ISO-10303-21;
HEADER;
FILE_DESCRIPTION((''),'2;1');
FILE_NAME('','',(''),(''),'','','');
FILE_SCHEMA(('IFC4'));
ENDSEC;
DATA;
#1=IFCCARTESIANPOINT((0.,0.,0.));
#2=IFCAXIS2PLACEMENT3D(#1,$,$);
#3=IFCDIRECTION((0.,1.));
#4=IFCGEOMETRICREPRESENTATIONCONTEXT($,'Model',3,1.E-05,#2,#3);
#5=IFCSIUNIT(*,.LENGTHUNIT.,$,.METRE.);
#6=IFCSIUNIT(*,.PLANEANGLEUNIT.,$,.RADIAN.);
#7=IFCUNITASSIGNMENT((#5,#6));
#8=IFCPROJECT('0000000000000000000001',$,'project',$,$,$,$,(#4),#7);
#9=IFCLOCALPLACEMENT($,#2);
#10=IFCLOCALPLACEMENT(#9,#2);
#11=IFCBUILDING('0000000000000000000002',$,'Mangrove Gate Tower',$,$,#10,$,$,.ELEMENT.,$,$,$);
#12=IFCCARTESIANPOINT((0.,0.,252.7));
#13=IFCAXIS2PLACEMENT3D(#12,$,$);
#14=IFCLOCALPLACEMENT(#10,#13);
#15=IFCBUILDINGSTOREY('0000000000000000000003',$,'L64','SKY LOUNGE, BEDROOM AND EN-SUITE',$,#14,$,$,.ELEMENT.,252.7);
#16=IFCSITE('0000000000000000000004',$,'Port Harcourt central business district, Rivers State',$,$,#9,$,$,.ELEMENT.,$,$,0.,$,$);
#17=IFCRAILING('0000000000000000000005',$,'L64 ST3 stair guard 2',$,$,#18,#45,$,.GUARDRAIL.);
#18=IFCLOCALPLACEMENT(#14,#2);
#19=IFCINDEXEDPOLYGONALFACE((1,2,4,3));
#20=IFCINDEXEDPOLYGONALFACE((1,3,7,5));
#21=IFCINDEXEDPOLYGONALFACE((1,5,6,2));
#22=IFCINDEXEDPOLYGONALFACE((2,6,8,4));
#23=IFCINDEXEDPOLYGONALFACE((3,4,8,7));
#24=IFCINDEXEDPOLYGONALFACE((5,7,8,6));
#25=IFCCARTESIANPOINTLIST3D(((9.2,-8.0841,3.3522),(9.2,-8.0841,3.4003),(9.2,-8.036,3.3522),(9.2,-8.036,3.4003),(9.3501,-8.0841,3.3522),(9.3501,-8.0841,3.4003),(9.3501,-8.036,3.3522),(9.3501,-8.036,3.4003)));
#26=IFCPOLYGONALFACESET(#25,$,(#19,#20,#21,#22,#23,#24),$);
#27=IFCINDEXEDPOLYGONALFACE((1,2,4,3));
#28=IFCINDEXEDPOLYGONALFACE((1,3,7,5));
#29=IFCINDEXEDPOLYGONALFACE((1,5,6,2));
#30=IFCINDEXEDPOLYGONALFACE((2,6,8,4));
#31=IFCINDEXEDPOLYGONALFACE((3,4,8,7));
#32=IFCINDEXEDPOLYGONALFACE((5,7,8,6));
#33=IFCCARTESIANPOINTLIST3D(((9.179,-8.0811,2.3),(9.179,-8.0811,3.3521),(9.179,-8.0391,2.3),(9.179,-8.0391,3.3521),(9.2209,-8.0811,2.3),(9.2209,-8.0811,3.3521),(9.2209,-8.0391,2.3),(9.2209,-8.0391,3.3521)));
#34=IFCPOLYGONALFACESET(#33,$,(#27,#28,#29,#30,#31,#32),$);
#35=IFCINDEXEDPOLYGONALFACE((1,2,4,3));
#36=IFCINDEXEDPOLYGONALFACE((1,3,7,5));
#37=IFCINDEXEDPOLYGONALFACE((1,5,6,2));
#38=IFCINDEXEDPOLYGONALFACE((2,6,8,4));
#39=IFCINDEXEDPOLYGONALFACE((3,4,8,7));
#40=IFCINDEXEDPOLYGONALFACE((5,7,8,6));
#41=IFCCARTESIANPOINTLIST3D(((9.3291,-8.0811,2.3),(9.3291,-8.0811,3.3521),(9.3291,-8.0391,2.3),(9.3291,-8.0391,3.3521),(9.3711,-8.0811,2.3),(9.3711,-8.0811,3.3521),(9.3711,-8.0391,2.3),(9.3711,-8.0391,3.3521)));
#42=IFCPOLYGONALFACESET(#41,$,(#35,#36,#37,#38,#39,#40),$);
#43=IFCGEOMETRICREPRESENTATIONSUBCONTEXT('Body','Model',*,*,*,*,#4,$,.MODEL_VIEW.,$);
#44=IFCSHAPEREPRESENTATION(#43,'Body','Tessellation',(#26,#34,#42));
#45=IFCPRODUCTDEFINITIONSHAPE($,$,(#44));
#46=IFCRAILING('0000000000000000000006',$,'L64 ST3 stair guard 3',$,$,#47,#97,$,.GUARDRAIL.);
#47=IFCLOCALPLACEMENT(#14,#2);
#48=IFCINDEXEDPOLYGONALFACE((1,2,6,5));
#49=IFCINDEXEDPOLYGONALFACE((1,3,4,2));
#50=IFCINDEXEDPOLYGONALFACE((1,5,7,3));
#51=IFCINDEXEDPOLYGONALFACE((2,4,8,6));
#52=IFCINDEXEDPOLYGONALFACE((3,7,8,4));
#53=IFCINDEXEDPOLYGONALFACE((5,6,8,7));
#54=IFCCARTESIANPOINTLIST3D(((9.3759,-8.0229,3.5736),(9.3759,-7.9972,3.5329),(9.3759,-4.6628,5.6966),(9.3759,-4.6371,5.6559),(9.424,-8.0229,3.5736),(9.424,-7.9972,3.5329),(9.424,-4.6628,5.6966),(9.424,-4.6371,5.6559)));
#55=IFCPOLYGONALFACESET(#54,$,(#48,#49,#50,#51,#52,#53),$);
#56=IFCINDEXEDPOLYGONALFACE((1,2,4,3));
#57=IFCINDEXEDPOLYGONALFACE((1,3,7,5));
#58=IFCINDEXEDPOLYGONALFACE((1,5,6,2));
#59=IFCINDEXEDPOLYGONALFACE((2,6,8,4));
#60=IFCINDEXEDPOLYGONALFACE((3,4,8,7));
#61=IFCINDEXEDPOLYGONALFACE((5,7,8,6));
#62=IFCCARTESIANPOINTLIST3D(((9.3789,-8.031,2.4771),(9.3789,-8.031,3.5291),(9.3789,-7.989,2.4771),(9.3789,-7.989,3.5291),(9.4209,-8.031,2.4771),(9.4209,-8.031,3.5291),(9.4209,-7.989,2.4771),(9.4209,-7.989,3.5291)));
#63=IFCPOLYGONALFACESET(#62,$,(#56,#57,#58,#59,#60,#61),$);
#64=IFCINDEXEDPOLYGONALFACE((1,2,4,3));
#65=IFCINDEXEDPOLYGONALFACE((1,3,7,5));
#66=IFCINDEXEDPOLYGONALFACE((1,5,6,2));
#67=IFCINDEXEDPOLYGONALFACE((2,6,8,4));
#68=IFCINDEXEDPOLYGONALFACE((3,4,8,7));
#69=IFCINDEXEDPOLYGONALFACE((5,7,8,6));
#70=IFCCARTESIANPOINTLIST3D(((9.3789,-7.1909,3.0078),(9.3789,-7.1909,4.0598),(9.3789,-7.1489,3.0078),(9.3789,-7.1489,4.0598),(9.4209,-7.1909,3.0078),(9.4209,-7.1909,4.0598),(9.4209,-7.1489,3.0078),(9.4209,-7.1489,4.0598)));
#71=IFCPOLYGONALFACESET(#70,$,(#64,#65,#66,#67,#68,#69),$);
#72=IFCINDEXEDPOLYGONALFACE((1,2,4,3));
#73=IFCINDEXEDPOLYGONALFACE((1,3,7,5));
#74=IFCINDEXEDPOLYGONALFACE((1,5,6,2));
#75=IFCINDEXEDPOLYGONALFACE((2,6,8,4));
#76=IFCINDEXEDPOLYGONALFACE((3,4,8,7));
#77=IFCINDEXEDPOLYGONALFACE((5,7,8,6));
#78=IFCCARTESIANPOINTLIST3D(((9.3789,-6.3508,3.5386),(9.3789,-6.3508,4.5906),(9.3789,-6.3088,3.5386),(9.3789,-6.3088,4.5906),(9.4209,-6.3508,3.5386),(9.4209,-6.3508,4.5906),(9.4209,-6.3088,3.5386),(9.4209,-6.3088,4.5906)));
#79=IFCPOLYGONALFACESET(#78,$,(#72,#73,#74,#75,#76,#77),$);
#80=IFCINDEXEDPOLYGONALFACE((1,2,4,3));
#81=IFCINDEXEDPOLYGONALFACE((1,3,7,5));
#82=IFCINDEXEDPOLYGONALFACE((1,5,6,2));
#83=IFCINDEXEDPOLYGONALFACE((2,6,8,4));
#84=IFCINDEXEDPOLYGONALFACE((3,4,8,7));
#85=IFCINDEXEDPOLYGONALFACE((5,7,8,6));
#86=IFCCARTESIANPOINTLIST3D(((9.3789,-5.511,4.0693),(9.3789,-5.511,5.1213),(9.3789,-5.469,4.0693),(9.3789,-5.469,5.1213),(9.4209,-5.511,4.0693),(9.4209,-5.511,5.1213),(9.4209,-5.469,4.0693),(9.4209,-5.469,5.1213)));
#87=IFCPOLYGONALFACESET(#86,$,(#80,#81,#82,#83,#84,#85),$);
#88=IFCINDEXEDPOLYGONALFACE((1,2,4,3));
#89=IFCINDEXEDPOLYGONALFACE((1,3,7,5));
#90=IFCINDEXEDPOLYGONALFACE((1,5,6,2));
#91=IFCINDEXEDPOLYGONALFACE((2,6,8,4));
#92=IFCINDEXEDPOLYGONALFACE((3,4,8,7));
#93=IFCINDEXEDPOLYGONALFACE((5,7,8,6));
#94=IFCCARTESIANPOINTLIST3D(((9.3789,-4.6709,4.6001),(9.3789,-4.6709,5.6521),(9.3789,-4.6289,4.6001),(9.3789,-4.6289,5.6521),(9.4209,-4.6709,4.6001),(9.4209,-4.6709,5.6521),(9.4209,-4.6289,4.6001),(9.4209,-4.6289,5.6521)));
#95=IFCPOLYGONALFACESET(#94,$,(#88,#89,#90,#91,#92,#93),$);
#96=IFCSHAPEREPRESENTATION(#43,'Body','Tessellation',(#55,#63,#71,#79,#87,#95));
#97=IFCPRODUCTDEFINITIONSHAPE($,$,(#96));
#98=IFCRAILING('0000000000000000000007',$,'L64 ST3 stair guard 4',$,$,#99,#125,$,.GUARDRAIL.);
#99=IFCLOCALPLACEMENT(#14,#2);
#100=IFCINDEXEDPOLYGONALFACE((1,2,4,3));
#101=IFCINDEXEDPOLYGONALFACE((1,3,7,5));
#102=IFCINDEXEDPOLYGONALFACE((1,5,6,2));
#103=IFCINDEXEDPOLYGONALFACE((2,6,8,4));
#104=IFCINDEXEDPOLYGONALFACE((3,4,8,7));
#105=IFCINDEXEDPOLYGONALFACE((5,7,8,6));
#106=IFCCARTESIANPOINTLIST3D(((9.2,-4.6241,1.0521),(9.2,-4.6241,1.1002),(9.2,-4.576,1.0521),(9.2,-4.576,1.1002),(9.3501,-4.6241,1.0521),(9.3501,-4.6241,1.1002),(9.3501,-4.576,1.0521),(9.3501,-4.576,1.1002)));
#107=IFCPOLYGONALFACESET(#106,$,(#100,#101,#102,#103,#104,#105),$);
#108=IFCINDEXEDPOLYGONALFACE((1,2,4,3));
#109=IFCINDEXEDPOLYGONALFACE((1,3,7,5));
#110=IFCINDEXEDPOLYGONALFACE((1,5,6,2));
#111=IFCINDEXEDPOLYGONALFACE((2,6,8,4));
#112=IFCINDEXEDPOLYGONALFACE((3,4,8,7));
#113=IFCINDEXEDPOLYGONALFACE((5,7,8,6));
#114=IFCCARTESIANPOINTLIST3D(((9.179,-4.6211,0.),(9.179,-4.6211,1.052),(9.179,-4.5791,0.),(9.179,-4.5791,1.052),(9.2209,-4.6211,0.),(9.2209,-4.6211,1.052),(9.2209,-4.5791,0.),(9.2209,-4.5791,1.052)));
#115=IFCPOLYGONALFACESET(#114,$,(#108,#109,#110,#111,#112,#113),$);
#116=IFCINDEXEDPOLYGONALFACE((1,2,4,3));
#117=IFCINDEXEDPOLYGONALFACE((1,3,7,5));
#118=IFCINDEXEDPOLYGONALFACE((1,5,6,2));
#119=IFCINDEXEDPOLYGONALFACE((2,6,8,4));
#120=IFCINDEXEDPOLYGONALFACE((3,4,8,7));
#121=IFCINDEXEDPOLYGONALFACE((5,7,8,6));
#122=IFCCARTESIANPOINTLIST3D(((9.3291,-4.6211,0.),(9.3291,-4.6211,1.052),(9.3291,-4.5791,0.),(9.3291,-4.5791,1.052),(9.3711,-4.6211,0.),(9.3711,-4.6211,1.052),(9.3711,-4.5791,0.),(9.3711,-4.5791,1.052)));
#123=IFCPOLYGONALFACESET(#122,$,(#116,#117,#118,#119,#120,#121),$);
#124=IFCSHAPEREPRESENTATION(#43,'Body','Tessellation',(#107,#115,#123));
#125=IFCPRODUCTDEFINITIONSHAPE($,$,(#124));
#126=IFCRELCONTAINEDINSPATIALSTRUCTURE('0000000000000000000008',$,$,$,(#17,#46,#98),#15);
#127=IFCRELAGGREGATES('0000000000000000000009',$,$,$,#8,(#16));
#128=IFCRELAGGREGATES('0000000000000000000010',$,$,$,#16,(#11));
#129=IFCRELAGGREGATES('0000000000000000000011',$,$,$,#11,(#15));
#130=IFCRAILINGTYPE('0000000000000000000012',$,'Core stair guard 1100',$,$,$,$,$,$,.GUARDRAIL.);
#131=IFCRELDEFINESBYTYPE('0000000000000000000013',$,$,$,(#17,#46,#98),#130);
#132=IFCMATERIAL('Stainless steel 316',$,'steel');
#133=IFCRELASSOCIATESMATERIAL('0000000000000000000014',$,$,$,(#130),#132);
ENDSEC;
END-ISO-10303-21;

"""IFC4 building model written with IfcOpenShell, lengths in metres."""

from ifc_helpers import new_model, si_unit, direction, frame, origin, origin_2d, place, context, subcontext, project, spatial, rectangle, extrude, material, type_object, element, save


model = new_model("IFC4")

# Units and contexts
model_context = context("Model", 3, precision=1e-05, world=origin(), true_north=direction((0.0, 1.0)))
body_context = subcontext(model_context, "Body", "Model", "MODEL_VIEW")
ifc_project = project(units=[si_unit("LENGTHUNIT", "METRE"), si_unit("PLANEANGLEUNIT", "RADIAN")], contexts=[model_context])

# Site, building, storey
site_placement = place(None, origin())
site = spatial("IfcSite", under=ifc_project, at=site_placement, Name="Port Harcourt central business district, Rivers State", CompositionType="ELEMENT", RefElevation=0.0)
building_placement = place(site_placement, origin())
building = spatial("IfcBuilding", under=site, at=building_placement, Name="Mangrove Gate Tower", CompositionType="ELEMENT")
storey_placement = place(building_placement, frame((0.0, 0.0, 252.7)))
storey = spatial("IfcBuildingStorey", under=building, at=storey_placement, Name="L64", Description="SKY LOUNGE, BEDROOM AND EN-SUITE", CompositionType="ELEMENT", Elevation=252.7)

# Railings
ifc_material_1 = material(Name="Stainless steel 316", Category="steel")
railing_type_1 = type_object("IfcRailingType", Name="Core stair guard 1100", PredefinedType="GUARDRAIL", material=ifc_material_1)
railing_1_placement = place(storey_placement, frame((9.2, -8.0601, 2.3)))
element("IfcRailing", 1, at=railing_1_placement, inside=storey, type_object=railing_type_1, Name="L64 ST3 stair guard 2", PredefinedType="GUARDRAIL", context=body_context, shape_type="SweptSolid", body=[
    extrude(rectangle(XDim=0.0481, YDim=0.0481, at=origin_2d()), frame((0.0, 0.0, 1.0762), z_axis=(1.0, 0.0, 0.0), x_axis=(0.0, 1.0, 0.0)), (0.0, 0.0, 1.0), 0.1501),
    extrude(rectangle(XDim=0.042, YDim=0.042, at=origin_2d()), origin(), (0.0, 0.0, 1.0), 1.052),
    extrude(rectangle(XDim=0.042, YDim=0.042, at=origin_2d()), frame((0.1501, 0.0, 0.0)), (0.0, 0.0, 1.0), 1.052),
])
railing_2_placement = place(storey_placement, frame((9.3999, -8.01, 2.4771)))
element("IfcRailing", 2, at=railing_2_placement, inside=storey, type_object=railing_type_1, Name="L64 ST3 stair guard 3", PredefinedType="GUARDRAIL", context=body_context, shape_type="SweptSolid", body=[
    extrude(rectangle(XDim=0.0481, YDim=0.0481, at=origin_2d()), frame((0.0, 0.0, 1.0762), z_axis=(0.0, 0.84539, 0.53415), x_axis=(-1.0, 0.0, 0.0)), (0.0, 0.0, 1.0), 3.9746),
    extrude(rectangle(XDim=0.042, YDim=0.042, at=origin_2d()), origin(), (0.0, 0.0, 1.0), 1.052),
    extrude(rectangle(XDim=0.042, YDim=0.042, at=origin_2d()), frame((0.0, 0.8401, 0.5308)), (0.0, 0.0, 1.0), 1.052),
    extrude(rectangle(XDim=0.042, YDim=0.042, at=origin_2d()), frame((0.0, 1.6802, 1.0615)), (0.0, 0.0, 1.0), 1.052),
    extrude(rectangle(XDim=0.042, YDim=0.042, at=origin_2d()), frame((0.0, 2.52, 1.5923)), (0.0, 0.0, 1.0), 1.052),
    extrude(rectangle(XDim=0.042, YDim=0.042, at=origin_2d()), frame((0.0, 3.3601, 2.123)), (0.0, 0.0, 1.0), 1.052),
])
railing_3_placement = place(storey_placement, frame((9.2, -4.6001, 0.0)))
element("IfcRailing", 3, at=railing_3_placement, inside=storey, type_object=railing_type_1, Name="L64 ST3 stair guard 4", PredefinedType="GUARDRAIL", context=body_context, shape_type="SweptSolid", body=[
    extrude(rectangle(XDim=0.0481, YDim=0.0481, at=origin_2d()), frame((0.0, 0.0, 1.0762), z_axis=(1.0, 0.0, 0.0), x_axis=(0.0, 1.0, 0.0)), (0.0, 0.0, 1.0), 0.1501),
    extrude(rectangle(XDim=0.042, YDim=0.042, at=origin_2d()), origin(), (0.0, 0.0, 1.0), 1.052),
    extrude(rectangle(XDim=0.042, YDim=0.042, at=origin_2d()), frame((0.1501, 0.0, 0.0)), (0.0, 0.0, 1.0), 1.052),
])

save(model, "model.ifc")
